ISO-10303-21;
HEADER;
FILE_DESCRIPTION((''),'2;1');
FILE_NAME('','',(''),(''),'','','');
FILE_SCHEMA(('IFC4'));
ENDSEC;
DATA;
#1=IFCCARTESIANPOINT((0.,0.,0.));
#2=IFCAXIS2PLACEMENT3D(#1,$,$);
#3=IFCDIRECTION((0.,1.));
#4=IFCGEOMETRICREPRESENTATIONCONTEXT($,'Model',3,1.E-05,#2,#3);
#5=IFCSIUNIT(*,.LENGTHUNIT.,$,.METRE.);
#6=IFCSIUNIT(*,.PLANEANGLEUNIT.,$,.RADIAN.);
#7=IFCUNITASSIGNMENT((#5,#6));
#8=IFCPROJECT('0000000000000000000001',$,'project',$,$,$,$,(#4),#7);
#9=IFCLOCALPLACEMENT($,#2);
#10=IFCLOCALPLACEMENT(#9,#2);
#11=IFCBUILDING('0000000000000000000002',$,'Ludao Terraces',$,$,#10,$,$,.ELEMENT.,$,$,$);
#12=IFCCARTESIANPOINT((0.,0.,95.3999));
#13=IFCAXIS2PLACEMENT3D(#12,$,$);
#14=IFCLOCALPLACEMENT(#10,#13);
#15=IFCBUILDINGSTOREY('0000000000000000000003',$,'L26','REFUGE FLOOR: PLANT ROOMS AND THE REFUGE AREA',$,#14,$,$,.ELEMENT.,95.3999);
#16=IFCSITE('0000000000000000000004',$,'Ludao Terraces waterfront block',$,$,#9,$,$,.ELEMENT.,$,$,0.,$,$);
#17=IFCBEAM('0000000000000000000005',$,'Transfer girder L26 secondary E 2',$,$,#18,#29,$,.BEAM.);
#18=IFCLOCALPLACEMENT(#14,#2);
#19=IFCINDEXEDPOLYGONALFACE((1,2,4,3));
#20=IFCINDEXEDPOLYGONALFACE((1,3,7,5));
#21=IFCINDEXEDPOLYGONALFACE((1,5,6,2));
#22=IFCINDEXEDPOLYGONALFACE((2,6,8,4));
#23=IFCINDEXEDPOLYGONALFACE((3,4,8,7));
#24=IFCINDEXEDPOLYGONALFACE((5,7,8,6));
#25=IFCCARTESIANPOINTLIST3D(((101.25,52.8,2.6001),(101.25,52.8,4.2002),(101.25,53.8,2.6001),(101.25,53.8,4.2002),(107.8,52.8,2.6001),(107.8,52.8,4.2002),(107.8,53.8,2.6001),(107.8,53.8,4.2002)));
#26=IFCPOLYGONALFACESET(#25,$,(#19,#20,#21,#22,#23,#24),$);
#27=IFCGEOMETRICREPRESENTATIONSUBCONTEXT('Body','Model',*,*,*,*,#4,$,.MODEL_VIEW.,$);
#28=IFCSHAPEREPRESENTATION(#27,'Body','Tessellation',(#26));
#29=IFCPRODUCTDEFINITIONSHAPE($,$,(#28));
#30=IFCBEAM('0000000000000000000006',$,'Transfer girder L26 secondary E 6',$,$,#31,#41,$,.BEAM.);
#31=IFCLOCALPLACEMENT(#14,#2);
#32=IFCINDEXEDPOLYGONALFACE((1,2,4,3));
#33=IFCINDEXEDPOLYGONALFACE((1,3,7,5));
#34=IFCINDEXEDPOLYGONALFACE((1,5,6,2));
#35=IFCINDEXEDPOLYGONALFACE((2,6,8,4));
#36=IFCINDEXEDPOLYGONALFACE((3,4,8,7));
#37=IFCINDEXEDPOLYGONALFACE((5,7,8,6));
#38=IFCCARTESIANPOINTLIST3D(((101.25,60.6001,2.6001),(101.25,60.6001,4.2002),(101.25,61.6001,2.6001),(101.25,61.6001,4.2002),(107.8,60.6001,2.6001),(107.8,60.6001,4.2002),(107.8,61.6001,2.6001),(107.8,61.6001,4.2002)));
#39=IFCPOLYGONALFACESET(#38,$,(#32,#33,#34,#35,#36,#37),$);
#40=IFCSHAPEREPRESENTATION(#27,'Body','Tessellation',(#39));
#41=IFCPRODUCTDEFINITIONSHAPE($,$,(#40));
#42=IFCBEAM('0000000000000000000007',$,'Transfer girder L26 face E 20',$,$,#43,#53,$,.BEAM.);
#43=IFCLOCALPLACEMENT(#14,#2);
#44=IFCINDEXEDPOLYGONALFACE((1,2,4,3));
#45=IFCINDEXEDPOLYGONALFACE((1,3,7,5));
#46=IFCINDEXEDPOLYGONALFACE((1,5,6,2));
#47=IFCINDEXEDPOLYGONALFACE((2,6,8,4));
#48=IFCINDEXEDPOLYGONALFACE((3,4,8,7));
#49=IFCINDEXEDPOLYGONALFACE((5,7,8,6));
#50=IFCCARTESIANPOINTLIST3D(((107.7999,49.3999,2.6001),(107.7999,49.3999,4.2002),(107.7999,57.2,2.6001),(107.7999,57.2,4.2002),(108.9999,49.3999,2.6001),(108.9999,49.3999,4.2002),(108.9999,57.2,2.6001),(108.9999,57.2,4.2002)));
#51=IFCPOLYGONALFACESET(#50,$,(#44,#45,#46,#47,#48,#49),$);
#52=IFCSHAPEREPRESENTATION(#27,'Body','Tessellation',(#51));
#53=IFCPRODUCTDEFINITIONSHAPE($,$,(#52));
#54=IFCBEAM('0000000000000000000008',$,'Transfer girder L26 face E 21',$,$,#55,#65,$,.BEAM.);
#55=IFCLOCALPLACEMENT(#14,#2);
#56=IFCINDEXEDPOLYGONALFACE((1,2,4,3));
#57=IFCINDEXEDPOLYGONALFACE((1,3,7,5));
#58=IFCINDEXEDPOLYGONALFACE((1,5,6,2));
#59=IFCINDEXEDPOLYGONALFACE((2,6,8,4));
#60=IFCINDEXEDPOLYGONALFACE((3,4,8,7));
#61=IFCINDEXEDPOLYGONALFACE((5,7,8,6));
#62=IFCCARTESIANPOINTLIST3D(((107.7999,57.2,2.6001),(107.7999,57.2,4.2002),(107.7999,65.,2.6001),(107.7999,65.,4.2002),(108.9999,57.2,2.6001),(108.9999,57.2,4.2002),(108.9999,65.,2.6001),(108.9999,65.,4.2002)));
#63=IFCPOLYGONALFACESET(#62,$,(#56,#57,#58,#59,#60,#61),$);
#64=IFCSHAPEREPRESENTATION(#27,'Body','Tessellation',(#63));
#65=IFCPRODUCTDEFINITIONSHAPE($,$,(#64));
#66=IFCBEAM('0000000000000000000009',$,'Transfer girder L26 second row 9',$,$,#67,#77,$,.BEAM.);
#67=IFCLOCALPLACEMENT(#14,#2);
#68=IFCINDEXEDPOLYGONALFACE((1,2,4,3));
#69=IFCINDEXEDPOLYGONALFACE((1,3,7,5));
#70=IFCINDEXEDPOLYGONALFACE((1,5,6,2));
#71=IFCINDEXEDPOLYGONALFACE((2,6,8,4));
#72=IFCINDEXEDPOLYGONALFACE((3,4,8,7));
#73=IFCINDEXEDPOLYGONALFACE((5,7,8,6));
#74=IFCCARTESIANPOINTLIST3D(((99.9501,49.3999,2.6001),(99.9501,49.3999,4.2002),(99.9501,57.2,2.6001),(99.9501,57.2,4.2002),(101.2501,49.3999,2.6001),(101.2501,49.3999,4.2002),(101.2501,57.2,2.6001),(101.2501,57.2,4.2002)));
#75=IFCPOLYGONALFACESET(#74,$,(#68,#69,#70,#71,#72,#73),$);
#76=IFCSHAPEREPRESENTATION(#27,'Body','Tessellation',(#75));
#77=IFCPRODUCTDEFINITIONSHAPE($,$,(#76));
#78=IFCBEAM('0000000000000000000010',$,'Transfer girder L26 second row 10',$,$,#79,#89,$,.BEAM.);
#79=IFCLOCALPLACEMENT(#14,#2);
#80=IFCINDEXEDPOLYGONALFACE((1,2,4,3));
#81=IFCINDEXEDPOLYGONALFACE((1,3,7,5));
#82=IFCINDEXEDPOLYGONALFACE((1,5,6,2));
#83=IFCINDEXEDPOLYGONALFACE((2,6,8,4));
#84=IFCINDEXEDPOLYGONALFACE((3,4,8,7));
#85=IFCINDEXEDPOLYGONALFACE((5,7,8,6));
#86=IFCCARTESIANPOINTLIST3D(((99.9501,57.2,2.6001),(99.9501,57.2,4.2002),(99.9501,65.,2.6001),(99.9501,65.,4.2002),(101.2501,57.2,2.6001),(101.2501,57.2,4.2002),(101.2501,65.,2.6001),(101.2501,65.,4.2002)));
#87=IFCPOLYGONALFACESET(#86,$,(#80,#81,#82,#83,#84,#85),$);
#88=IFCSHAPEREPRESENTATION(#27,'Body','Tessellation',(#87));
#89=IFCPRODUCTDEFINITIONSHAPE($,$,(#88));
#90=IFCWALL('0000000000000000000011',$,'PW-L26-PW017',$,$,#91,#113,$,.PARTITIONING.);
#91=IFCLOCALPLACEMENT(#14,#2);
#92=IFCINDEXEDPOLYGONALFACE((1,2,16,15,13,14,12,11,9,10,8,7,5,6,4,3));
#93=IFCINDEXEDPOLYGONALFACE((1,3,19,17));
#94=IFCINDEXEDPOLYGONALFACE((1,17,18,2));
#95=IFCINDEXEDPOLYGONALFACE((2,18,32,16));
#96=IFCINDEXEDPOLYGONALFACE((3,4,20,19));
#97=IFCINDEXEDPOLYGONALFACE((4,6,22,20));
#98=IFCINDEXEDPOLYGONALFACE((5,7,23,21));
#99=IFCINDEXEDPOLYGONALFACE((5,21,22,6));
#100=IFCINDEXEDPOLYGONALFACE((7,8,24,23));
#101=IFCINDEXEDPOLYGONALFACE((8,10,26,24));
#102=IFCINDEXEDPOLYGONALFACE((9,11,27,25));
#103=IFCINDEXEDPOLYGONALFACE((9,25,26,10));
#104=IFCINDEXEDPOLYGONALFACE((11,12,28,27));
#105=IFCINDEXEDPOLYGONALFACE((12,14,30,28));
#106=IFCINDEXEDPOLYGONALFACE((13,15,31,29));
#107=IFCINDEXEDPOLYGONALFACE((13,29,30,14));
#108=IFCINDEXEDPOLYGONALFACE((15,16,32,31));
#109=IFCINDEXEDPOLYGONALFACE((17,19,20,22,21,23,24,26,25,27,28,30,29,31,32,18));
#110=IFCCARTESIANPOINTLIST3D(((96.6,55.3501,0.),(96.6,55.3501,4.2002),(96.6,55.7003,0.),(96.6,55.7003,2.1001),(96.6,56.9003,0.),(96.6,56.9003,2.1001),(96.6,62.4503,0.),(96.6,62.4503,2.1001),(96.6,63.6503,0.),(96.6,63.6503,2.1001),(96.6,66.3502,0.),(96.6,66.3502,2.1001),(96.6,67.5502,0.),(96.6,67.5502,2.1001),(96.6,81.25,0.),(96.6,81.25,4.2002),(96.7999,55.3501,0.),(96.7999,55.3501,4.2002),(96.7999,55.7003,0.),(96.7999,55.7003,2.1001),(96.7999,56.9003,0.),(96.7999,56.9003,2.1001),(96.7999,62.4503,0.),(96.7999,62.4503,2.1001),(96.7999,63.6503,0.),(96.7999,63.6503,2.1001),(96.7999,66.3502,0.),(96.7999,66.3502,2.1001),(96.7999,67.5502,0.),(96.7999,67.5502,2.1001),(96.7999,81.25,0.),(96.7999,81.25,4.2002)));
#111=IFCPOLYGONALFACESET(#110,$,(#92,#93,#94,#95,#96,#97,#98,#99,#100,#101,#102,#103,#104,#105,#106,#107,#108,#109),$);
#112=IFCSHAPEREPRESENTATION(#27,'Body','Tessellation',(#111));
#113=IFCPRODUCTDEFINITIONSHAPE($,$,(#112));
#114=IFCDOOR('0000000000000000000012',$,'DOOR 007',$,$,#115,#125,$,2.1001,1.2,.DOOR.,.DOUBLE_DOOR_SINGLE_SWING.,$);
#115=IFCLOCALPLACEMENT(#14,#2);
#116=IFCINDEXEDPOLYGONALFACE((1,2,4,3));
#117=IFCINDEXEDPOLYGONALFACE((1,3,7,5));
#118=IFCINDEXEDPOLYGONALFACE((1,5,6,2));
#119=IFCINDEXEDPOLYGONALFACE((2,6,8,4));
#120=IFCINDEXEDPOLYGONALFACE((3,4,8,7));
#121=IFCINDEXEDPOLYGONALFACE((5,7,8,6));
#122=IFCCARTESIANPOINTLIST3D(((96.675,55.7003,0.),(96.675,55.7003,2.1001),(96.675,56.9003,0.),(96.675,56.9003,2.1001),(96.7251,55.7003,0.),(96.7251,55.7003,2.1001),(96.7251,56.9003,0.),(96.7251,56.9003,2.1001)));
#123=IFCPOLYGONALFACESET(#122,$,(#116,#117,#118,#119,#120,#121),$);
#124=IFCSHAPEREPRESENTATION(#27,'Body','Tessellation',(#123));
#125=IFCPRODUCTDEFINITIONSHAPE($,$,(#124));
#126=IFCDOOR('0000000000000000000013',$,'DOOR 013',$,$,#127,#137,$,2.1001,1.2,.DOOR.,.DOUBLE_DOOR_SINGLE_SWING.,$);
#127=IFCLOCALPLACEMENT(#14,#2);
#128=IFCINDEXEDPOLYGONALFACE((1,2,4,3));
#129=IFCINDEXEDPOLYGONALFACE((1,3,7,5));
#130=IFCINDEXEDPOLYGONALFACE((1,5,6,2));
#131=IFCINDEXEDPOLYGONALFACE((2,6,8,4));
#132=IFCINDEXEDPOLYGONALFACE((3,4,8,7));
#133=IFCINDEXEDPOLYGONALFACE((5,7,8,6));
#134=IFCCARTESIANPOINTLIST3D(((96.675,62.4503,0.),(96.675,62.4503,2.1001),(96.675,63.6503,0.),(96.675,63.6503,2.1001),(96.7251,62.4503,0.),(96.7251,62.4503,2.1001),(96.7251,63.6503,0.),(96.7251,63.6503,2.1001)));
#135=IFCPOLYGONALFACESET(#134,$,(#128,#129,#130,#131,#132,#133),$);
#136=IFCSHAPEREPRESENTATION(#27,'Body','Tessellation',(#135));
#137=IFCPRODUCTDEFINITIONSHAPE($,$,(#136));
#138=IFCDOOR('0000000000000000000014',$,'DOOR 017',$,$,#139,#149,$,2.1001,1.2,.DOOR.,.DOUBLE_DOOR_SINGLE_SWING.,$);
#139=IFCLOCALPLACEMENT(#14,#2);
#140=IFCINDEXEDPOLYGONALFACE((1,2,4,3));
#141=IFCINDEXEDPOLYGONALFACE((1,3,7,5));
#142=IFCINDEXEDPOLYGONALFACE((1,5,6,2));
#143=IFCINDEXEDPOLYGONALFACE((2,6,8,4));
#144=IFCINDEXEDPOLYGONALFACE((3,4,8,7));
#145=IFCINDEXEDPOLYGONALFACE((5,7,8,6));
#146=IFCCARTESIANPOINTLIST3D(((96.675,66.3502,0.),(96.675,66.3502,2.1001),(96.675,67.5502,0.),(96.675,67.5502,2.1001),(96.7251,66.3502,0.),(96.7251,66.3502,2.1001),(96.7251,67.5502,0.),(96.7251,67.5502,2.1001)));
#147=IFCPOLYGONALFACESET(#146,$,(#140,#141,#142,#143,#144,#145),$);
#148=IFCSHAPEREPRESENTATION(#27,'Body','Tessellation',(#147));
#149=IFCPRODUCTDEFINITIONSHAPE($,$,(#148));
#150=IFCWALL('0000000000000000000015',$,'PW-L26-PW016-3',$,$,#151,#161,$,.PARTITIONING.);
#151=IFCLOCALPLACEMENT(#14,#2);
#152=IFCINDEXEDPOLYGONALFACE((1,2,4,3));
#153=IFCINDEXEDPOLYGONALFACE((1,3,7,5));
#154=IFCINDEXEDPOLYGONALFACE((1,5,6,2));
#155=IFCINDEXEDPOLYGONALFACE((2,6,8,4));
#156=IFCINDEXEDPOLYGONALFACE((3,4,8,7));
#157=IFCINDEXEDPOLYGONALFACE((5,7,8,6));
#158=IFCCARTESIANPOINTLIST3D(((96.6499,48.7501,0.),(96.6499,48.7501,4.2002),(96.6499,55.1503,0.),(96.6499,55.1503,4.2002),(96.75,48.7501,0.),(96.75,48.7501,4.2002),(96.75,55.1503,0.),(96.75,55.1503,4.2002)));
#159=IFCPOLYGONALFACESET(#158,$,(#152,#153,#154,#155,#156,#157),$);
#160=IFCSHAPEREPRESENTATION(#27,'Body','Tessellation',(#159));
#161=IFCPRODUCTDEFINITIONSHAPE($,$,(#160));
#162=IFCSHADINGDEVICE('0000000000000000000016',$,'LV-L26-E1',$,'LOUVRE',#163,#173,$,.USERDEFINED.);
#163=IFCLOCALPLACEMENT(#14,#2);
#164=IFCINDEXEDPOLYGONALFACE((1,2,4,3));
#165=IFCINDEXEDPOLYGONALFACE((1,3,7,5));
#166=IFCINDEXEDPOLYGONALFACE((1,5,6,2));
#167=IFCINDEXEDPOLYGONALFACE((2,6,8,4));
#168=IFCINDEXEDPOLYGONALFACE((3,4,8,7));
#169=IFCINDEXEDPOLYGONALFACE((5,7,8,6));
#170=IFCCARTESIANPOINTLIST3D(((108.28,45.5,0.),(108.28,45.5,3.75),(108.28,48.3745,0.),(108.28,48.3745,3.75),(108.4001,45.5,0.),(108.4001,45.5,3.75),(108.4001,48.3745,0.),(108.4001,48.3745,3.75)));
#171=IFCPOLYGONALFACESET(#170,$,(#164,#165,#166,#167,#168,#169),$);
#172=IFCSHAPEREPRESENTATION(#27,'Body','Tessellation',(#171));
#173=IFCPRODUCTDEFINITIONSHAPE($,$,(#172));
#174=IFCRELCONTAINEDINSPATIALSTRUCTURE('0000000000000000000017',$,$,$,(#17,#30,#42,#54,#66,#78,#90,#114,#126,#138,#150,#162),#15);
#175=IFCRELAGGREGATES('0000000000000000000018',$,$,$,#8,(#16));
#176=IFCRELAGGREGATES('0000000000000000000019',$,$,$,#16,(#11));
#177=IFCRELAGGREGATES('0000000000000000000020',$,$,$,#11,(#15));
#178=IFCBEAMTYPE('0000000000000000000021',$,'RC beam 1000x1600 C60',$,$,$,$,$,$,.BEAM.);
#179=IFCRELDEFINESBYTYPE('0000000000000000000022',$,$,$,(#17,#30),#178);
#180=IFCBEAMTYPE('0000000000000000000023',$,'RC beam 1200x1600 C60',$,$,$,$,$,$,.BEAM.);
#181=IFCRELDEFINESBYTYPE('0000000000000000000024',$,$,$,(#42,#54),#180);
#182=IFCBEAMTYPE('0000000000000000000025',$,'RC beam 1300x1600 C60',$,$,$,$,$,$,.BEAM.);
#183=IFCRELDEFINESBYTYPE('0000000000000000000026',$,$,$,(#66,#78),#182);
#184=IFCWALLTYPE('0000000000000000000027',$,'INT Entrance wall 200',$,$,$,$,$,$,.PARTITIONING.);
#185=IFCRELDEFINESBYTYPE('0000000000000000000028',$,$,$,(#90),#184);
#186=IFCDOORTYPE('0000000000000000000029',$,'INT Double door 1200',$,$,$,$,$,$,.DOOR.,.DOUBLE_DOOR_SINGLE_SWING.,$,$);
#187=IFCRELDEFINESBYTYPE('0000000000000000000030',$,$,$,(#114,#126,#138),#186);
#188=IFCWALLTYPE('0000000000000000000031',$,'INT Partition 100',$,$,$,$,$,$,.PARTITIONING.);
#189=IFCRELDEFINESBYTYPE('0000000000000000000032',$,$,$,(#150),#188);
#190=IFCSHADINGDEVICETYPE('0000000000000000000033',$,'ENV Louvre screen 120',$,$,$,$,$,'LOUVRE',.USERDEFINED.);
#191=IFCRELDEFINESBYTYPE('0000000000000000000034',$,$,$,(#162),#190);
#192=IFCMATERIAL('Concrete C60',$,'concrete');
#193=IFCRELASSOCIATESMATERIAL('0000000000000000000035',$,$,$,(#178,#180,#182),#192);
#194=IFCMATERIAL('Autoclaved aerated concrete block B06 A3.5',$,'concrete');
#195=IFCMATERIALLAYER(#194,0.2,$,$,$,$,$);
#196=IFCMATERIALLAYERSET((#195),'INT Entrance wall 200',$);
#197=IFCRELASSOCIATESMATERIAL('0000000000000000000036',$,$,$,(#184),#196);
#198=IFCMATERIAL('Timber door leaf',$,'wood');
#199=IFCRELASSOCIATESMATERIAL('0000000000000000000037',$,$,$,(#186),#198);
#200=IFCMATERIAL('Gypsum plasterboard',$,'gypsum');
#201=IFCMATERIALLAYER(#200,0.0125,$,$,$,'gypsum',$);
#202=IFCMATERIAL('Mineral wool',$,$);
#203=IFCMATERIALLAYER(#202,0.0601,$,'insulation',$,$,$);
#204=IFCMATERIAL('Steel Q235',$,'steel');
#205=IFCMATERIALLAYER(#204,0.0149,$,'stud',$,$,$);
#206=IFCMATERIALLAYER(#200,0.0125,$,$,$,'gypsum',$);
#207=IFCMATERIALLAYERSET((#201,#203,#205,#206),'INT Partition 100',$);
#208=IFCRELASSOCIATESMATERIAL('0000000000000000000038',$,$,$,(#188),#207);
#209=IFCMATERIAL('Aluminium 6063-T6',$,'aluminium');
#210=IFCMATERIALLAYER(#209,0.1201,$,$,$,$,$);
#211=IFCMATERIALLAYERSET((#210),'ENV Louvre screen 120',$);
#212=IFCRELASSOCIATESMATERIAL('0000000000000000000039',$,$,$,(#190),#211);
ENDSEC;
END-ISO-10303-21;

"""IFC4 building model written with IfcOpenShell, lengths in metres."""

from ifc_helpers import new_model, si_unit, direction, frame, frame_2d, origin, origin_2d, place, context, subcontext, project, spatial, rectangle, extrude, material, layer, layer_set, material_profile, profile_set, type_object, element, fill, save


model = new_model("IFC4")

# Units and contexts
model_context = context("Model", 3, precision=1e-05, world=origin(), true_north=direction((0.0, 1.0)))
body_context = subcontext(model_context, "Body", "Model", "MODEL_VIEW")
ifc_project = project(units=[si_unit("LENGTHUNIT", "METRE"), si_unit("PLANEANGLEUNIT", "RADIAN")], contexts=[model_context])

# Site, building, storey
site_placement = place(None, origin())
site = spatial("IfcSite", under=ifc_project, at=site_placement, Name="Ludao Terraces waterfront block", CompositionType="ELEMENT", RefElevation=0.0)
building_placement = place(site_placement, origin())
building = spatial("IfcBuilding", under=site, at=building_placement, Name="Ludao Terraces", CompositionType="ELEMENT")
storey_placement = place(building_placement, frame((0.0, 0.0, 95.3999)))
storey = spatial("IfcBuildingStorey", under=building, at=storey_placement, Name="L26", Description="REFUGE FLOOR: PLANT ROOMS AND THE REFUGE AREA", CompositionType="ELEMENT", Elevation=95.3999)

# Beams
ifc_material_1 = material(Name="Concrete C60", Category="concrete")
ifc_material_profile_1 = material_profile(ifc_material_1, rectangle(XDim=1.0, YDim=1.6001, at=origin_2d()), Name="1000 X 1600")
ifc_profile_set_1 = profile_set([ifc_material_profile_1], Name="Concrete C60")
beam_type_1 = type_object("IfcBeamType", Name="RC beam 1000x1600 C60", PredefinedType="BEAM", material=ifc_profile_set_1)
for number, where, z_axis, x_axis, name in (
    (1, (107.8, 53.3, 3.4001), (-1.0, 0.0, 0.0), (0.0, -1.0, 0.0), "Transfer girder L26 secondary E 2"),
    (2, (107.8, 61.1001, 3.4001), (-1.0, 0.0, 0.0), (0.0, -1.0, 0.0), "Transfer girder L26 secondary E 6"),
):
    element("IfcBeam", number, at=place(storey_placement, frame(where, z_axis=z_axis, x_axis=x_axis)), inside=storey, type_object=beam_type_1, Name=name, PredefinedType="BEAM", context=body_context, shape_type="SweptSolid", body=[
        extrude(rectangle(XDim=1.0, YDim=1.6001, at=origin_2d()), origin(), (0.0, 0.0, 1.0), 6.55),
    ])
ifc_material_profile_2 = material_profile(ifc_material_1, rectangle(XDim=1.2, YDim=1.6001, at=origin_2d()), Name="1200 X 1600")
ifc_profile_set_2 = profile_set([ifc_material_profile_2], Name="Concrete C60")
beam_type_2 = type_object("IfcBeamType", Name="RC beam 1200x1600 C60", PredefinedType="BEAM", material=ifc_profile_set_2)
for number, where, z_axis, x_axis, name in (
    (3, (108.3999, 49.3999, 3.4001), (0.0, 1.0, 0.0), (-1.0, 0.0, 0.0), "Transfer girder L26 face E 20"),
    (4, (108.3999, 57.2, 3.4001), (0.0, 1.0, 0.0), (-1.0, 0.0, 0.0), "Transfer girder L26 face E 21"),
):
    element("IfcBeam", number, at=place(storey_placement, frame(where, z_axis=z_axis, x_axis=x_axis)), inside=storey, type_object=beam_type_2, Name=name, PredefinedType="BEAM", context=body_context, shape_type="SweptSolid", body=[
        extrude(rectangle(XDim=1.2, YDim=1.6001, at=origin_2d()), origin(), (0.0, 0.0, 1.0), 7.8),
    ])
ifc_material_profile_3 = material_profile(ifc_material_1, rectangle(XDim=1.3, YDim=1.6001, at=origin_2d()), Name="1300 X 1600")
ifc_profile_set_3 = profile_set([ifc_material_profile_3], Name="Concrete C60")
beam_type_3 = type_object("IfcBeamType", Name="RC beam 1300x1600 C60", PredefinedType="BEAM", material=ifc_profile_set_3)
for number, where, z_axis, x_axis, name in (
    (5, (100.6001, 49.3999, 3.4001), (0.0, 1.0, 0.0), (-1.0, 0.0, 0.0), "Transfer girder L26 second row 9"),
    (6, (100.6001, 57.2, 3.4001), (0.0, 1.0, 0.0), (-1.0, 0.0, 0.0), "Transfer girder L26 second row 10"),
):
    element("IfcBeam", number, at=place(storey_placement, frame(where, z_axis=z_axis, x_axis=x_axis)), inside=storey, type_object=beam_type_3, Name=name, PredefinedType="BEAM", context=body_context, shape_type="SweptSolid", body=[
        extrude(rectangle(XDim=1.3, YDim=1.6001, at=origin_2d()), origin(), (0.0, 0.0, 1.0), 7.8),
    ])

# Wall, openings, doors
ifc_material_2 = material(Name="Autoclaved aerated concrete block B06 A3.5", Category="concrete")
ifc_layer_1 = layer(ifc_material_2, 0.2)
ifc_layer_set_1 = layer_set([ifc_layer_1], Name="INT Entrance wall 200")
wall_type_1 = type_object("IfcWallType", Name="INT Entrance wall 200", PredefinedType="PARTITIONING", material=ifc_layer_set_1)
wall_1_placement = place(storey_placement, frame((96.7, 55.3501, 0.0), z_axis=(0.0, 0.0, 1.0), x_axis=(0.0, 1.0, 0.0)))
wall_1 = element("IfcWall", 7, at=wall_1_placement, inside=storey, type_object=wall_type_1, Name="PW-L26-PW017", PredefinedType="PARTITIONING", context=body_context, shape_type="SweptSolid", body=[
    extrude(rectangle(XDim=25.8999, YDim=0.2, at=frame_2d((12.95, 0.0))), origin(), (0.0, 0.0, 1.0), 4.2002),
])
opening_1_placement = place(wall_1_placement, frame((0.3501, 0.0, 0.0)))
opening_1 = element("IfcOpeningElement", 8, at=opening_1_placement, cuts=wall_1, PredefinedType="OPENING", context=body_context, shape_type="SweptSolid", body=[
    extrude(rectangle(XDim=1.2, YDim=2.1001, at=frame_2d((0.6001, 1.05))), frame((0.0, 0.1099, 0.0), z_axis=(0.0, -1.0, 0.0), x_axis=(1.0, 0.0, 0.0)), (0.0, 0.0, 1.0), 0.22),
])
opening_2_placement = place(wall_1_placement, frame((7.1001, 0.0, 0.0)))
opening_2 = element("IfcOpeningElement", 9, at=opening_2_placement, cuts=wall_1, PredefinedType="OPENING", context=body_context, shape_type="SweptSolid", body=[
    extrude(rectangle(XDim=1.2, YDim=2.1001, at=frame_2d((0.6001, 1.05))), frame((0.0, 0.1099, 0.0), z_axis=(0.0, -1.0, 0.0), x_axis=(1.0, 0.0, 0.0)), (0.0, 0.0, 1.0), 0.22),
])
opening_3_placement = place(wall_1_placement, frame((11.0, 0.0, 0.0)))
opening_3 = element("IfcOpeningElement", 10, at=opening_3_placement, cuts=wall_1, PredefinedType="OPENING", context=body_context, shape_type="SweptSolid", body=[
    extrude(rectangle(XDim=1.2, YDim=2.1001, at=frame_2d((0.6001, 1.05))), frame((0.0, 0.1099, 0.0), z_axis=(0.0, -1.0, 0.0), x_axis=(1.0, 0.0, 0.0)), (0.0, 0.0, 1.0), 0.22),
])
ifc_material_3 = material(Name="Timber door leaf", Category="wood")
door_type = type_object("IfcDoorType", Name="INT Double door 1200", OperationType="DOUBLE_DOOR_SINGLE_SWING", PredefinedType="DOOR", material=ifc_material_3)
door_1_placement = place(opening_1_placement, origin())
door_1 = element("IfcDoor", 11, at=door_1_placement, inside=storey, type_object=door_type, Name="DOOR 007", OperationType="DOUBLE_DOOR_SINGLE_SWING", OverallHeight=2.1001, OverallWidth=1.2, PredefinedType="DOOR", context=body_context, shape_type="SweptSolid", body=[
    extrude(rectangle(XDim=1.2, YDim=2.1001, at=frame_2d((0.6001, 1.05))), frame((0.0, 0.0249, 0.0), z_axis=(0.0, -1.0, 0.0), x_axis=(1.0, 0.0, 0.0)), (0.0, 0.0, 1.0), 0.05),
])
fill(opening_1, door_1)
door_2_placement = place(opening_2_placement, origin())
door_2 = element("IfcDoor", 12, at=door_2_placement, inside=storey, type_object=door_type, Name="DOOR 013", OperationType="DOUBLE_DOOR_SINGLE_SWING", OverallHeight=2.1001, OverallWidth=1.2, PredefinedType="DOOR", context=body_context, shape_type="SweptSolid", body=[
    extrude(rectangle(XDim=1.2, YDim=2.1001, at=frame_2d((0.6001, 1.05))), frame((0.0, 0.0249, 0.0), z_axis=(0.0, -1.0, 0.0), x_axis=(1.0, 0.0, 0.0)), (0.0, 0.0, 1.0), 0.05),
])
fill(opening_2, door_2)
door_3_placement = place(opening_3_placement, origin())
door_3 = element("IfcDoor", 13, at=door_3_placement, inside=storey, type_object=door_type, Name="DOOR 017", OperationType="DOUBLE_DOOR_SINGLE_SWING", OverallHeight=2.1001, OverallWidth=1.2, PredefinedType="DOOR", context=body_context, shape_type="SweptSolid", body=[
    extrude(rectangle(XDim=1.2, YDim=2.1001, at=frame_2d((0.6001, 1.05))), frame((0.0, 0.0249, 0.0), z_axis=(0.0, -1.0, 0.0), x_axis=(1.0, 0.0, 0.0)), (0.0, 0.0, 1.0), 0.05),
])
fill(opening_3, door_3)

# Wall
ifc_material_4 = material(Name="Gypsum plasterboard", Category="gypsum")
ifc_layer_2 = layer(ifc_material_4, 0.0125, Category="gypsum")
ifc_material_5 = material(Name="Mineral wool")
ifc_layer_3 = layer(ifc_material_5, 0.0601, Name="insulation")
ifc_material_6 = material(Name="Steel Q235", Category="steel")
ifc_layer_4 = layer(ifc_material_6, 0.0149, Name="stud")
ifc_layer_5 = layer(ifc_material_4, 0.0125, Category="gypsum")
ifc_layer_set_2 = layer_set([ifc_layer_2, ifc_layer_3, ifc_layer_4, ifc_layer_5], Name="INT Partition 100")
wall_type_2 = type_object("IfcWallType", Name="INT Partition 100", PredefinedType="PARTITIONING", material=ifc_layer_set_2)
wall_2_placement = place(storey_placement, frame((96.7, 48.75, 0.0), z_axis=(0.0, 0.0, 1.0), x_axis=(0.0, 1.0, 0.0)))
element("IfcWall", 14, at=wall_2_placement, inside=storey, type_object=wall_type_2, Name="PW-L26-PW016-3", PredefinedType="PARTITIONING", context=body_context, shape_type="SweptSolid", body=[
    extrude(rectangle(XDim=6.4001, YDim=0.1001, at=frame_2d((3.2002, 0.0))), origin(), (0.0, 0.0, 1.0), 4.2002),
])

# Shading device
ifc_material_7 = material(Name="Aluminium 6063-T6", Category="aluminium")
ifc_layer_6 = layer(ifc_material_7, 0.1201)
ifc_layer_set_3 = layer_set([ifc_layer_6], Name="ENV Louvre screen 120")
shading_device_type = type_object("IfcShadingDeviceType", Name="ENV Louvre screen 120", ElementType="LOUVRE", PredefinedType="USERDEFINED", material=ifc_layer_set_3)
shading_device_placement = place(storey_placement, frame((108.3401, 45.5, 0.0), z_axis=(0.0, 0.0, 1.0), x_axis=(0.0, 1.0, 0.0)))
element("IfcShadingDevice", 15, at=shading_device_placement, inside=storey, type_object=shading_device_type, Name="LV-L26-E1", ObjectType="LOUVRE", PredefinedType="USERDEFINED", context=body_context, shape_type="SweptSolid", body=[
    extrude(rectangle(XDim=2.8745, YDim=0.1201, at=frame_2d((1.4373, 0.0))), origin(), (0.0, 0.0, 1.0), 3.75),
])

save(model, "model.ifc")
